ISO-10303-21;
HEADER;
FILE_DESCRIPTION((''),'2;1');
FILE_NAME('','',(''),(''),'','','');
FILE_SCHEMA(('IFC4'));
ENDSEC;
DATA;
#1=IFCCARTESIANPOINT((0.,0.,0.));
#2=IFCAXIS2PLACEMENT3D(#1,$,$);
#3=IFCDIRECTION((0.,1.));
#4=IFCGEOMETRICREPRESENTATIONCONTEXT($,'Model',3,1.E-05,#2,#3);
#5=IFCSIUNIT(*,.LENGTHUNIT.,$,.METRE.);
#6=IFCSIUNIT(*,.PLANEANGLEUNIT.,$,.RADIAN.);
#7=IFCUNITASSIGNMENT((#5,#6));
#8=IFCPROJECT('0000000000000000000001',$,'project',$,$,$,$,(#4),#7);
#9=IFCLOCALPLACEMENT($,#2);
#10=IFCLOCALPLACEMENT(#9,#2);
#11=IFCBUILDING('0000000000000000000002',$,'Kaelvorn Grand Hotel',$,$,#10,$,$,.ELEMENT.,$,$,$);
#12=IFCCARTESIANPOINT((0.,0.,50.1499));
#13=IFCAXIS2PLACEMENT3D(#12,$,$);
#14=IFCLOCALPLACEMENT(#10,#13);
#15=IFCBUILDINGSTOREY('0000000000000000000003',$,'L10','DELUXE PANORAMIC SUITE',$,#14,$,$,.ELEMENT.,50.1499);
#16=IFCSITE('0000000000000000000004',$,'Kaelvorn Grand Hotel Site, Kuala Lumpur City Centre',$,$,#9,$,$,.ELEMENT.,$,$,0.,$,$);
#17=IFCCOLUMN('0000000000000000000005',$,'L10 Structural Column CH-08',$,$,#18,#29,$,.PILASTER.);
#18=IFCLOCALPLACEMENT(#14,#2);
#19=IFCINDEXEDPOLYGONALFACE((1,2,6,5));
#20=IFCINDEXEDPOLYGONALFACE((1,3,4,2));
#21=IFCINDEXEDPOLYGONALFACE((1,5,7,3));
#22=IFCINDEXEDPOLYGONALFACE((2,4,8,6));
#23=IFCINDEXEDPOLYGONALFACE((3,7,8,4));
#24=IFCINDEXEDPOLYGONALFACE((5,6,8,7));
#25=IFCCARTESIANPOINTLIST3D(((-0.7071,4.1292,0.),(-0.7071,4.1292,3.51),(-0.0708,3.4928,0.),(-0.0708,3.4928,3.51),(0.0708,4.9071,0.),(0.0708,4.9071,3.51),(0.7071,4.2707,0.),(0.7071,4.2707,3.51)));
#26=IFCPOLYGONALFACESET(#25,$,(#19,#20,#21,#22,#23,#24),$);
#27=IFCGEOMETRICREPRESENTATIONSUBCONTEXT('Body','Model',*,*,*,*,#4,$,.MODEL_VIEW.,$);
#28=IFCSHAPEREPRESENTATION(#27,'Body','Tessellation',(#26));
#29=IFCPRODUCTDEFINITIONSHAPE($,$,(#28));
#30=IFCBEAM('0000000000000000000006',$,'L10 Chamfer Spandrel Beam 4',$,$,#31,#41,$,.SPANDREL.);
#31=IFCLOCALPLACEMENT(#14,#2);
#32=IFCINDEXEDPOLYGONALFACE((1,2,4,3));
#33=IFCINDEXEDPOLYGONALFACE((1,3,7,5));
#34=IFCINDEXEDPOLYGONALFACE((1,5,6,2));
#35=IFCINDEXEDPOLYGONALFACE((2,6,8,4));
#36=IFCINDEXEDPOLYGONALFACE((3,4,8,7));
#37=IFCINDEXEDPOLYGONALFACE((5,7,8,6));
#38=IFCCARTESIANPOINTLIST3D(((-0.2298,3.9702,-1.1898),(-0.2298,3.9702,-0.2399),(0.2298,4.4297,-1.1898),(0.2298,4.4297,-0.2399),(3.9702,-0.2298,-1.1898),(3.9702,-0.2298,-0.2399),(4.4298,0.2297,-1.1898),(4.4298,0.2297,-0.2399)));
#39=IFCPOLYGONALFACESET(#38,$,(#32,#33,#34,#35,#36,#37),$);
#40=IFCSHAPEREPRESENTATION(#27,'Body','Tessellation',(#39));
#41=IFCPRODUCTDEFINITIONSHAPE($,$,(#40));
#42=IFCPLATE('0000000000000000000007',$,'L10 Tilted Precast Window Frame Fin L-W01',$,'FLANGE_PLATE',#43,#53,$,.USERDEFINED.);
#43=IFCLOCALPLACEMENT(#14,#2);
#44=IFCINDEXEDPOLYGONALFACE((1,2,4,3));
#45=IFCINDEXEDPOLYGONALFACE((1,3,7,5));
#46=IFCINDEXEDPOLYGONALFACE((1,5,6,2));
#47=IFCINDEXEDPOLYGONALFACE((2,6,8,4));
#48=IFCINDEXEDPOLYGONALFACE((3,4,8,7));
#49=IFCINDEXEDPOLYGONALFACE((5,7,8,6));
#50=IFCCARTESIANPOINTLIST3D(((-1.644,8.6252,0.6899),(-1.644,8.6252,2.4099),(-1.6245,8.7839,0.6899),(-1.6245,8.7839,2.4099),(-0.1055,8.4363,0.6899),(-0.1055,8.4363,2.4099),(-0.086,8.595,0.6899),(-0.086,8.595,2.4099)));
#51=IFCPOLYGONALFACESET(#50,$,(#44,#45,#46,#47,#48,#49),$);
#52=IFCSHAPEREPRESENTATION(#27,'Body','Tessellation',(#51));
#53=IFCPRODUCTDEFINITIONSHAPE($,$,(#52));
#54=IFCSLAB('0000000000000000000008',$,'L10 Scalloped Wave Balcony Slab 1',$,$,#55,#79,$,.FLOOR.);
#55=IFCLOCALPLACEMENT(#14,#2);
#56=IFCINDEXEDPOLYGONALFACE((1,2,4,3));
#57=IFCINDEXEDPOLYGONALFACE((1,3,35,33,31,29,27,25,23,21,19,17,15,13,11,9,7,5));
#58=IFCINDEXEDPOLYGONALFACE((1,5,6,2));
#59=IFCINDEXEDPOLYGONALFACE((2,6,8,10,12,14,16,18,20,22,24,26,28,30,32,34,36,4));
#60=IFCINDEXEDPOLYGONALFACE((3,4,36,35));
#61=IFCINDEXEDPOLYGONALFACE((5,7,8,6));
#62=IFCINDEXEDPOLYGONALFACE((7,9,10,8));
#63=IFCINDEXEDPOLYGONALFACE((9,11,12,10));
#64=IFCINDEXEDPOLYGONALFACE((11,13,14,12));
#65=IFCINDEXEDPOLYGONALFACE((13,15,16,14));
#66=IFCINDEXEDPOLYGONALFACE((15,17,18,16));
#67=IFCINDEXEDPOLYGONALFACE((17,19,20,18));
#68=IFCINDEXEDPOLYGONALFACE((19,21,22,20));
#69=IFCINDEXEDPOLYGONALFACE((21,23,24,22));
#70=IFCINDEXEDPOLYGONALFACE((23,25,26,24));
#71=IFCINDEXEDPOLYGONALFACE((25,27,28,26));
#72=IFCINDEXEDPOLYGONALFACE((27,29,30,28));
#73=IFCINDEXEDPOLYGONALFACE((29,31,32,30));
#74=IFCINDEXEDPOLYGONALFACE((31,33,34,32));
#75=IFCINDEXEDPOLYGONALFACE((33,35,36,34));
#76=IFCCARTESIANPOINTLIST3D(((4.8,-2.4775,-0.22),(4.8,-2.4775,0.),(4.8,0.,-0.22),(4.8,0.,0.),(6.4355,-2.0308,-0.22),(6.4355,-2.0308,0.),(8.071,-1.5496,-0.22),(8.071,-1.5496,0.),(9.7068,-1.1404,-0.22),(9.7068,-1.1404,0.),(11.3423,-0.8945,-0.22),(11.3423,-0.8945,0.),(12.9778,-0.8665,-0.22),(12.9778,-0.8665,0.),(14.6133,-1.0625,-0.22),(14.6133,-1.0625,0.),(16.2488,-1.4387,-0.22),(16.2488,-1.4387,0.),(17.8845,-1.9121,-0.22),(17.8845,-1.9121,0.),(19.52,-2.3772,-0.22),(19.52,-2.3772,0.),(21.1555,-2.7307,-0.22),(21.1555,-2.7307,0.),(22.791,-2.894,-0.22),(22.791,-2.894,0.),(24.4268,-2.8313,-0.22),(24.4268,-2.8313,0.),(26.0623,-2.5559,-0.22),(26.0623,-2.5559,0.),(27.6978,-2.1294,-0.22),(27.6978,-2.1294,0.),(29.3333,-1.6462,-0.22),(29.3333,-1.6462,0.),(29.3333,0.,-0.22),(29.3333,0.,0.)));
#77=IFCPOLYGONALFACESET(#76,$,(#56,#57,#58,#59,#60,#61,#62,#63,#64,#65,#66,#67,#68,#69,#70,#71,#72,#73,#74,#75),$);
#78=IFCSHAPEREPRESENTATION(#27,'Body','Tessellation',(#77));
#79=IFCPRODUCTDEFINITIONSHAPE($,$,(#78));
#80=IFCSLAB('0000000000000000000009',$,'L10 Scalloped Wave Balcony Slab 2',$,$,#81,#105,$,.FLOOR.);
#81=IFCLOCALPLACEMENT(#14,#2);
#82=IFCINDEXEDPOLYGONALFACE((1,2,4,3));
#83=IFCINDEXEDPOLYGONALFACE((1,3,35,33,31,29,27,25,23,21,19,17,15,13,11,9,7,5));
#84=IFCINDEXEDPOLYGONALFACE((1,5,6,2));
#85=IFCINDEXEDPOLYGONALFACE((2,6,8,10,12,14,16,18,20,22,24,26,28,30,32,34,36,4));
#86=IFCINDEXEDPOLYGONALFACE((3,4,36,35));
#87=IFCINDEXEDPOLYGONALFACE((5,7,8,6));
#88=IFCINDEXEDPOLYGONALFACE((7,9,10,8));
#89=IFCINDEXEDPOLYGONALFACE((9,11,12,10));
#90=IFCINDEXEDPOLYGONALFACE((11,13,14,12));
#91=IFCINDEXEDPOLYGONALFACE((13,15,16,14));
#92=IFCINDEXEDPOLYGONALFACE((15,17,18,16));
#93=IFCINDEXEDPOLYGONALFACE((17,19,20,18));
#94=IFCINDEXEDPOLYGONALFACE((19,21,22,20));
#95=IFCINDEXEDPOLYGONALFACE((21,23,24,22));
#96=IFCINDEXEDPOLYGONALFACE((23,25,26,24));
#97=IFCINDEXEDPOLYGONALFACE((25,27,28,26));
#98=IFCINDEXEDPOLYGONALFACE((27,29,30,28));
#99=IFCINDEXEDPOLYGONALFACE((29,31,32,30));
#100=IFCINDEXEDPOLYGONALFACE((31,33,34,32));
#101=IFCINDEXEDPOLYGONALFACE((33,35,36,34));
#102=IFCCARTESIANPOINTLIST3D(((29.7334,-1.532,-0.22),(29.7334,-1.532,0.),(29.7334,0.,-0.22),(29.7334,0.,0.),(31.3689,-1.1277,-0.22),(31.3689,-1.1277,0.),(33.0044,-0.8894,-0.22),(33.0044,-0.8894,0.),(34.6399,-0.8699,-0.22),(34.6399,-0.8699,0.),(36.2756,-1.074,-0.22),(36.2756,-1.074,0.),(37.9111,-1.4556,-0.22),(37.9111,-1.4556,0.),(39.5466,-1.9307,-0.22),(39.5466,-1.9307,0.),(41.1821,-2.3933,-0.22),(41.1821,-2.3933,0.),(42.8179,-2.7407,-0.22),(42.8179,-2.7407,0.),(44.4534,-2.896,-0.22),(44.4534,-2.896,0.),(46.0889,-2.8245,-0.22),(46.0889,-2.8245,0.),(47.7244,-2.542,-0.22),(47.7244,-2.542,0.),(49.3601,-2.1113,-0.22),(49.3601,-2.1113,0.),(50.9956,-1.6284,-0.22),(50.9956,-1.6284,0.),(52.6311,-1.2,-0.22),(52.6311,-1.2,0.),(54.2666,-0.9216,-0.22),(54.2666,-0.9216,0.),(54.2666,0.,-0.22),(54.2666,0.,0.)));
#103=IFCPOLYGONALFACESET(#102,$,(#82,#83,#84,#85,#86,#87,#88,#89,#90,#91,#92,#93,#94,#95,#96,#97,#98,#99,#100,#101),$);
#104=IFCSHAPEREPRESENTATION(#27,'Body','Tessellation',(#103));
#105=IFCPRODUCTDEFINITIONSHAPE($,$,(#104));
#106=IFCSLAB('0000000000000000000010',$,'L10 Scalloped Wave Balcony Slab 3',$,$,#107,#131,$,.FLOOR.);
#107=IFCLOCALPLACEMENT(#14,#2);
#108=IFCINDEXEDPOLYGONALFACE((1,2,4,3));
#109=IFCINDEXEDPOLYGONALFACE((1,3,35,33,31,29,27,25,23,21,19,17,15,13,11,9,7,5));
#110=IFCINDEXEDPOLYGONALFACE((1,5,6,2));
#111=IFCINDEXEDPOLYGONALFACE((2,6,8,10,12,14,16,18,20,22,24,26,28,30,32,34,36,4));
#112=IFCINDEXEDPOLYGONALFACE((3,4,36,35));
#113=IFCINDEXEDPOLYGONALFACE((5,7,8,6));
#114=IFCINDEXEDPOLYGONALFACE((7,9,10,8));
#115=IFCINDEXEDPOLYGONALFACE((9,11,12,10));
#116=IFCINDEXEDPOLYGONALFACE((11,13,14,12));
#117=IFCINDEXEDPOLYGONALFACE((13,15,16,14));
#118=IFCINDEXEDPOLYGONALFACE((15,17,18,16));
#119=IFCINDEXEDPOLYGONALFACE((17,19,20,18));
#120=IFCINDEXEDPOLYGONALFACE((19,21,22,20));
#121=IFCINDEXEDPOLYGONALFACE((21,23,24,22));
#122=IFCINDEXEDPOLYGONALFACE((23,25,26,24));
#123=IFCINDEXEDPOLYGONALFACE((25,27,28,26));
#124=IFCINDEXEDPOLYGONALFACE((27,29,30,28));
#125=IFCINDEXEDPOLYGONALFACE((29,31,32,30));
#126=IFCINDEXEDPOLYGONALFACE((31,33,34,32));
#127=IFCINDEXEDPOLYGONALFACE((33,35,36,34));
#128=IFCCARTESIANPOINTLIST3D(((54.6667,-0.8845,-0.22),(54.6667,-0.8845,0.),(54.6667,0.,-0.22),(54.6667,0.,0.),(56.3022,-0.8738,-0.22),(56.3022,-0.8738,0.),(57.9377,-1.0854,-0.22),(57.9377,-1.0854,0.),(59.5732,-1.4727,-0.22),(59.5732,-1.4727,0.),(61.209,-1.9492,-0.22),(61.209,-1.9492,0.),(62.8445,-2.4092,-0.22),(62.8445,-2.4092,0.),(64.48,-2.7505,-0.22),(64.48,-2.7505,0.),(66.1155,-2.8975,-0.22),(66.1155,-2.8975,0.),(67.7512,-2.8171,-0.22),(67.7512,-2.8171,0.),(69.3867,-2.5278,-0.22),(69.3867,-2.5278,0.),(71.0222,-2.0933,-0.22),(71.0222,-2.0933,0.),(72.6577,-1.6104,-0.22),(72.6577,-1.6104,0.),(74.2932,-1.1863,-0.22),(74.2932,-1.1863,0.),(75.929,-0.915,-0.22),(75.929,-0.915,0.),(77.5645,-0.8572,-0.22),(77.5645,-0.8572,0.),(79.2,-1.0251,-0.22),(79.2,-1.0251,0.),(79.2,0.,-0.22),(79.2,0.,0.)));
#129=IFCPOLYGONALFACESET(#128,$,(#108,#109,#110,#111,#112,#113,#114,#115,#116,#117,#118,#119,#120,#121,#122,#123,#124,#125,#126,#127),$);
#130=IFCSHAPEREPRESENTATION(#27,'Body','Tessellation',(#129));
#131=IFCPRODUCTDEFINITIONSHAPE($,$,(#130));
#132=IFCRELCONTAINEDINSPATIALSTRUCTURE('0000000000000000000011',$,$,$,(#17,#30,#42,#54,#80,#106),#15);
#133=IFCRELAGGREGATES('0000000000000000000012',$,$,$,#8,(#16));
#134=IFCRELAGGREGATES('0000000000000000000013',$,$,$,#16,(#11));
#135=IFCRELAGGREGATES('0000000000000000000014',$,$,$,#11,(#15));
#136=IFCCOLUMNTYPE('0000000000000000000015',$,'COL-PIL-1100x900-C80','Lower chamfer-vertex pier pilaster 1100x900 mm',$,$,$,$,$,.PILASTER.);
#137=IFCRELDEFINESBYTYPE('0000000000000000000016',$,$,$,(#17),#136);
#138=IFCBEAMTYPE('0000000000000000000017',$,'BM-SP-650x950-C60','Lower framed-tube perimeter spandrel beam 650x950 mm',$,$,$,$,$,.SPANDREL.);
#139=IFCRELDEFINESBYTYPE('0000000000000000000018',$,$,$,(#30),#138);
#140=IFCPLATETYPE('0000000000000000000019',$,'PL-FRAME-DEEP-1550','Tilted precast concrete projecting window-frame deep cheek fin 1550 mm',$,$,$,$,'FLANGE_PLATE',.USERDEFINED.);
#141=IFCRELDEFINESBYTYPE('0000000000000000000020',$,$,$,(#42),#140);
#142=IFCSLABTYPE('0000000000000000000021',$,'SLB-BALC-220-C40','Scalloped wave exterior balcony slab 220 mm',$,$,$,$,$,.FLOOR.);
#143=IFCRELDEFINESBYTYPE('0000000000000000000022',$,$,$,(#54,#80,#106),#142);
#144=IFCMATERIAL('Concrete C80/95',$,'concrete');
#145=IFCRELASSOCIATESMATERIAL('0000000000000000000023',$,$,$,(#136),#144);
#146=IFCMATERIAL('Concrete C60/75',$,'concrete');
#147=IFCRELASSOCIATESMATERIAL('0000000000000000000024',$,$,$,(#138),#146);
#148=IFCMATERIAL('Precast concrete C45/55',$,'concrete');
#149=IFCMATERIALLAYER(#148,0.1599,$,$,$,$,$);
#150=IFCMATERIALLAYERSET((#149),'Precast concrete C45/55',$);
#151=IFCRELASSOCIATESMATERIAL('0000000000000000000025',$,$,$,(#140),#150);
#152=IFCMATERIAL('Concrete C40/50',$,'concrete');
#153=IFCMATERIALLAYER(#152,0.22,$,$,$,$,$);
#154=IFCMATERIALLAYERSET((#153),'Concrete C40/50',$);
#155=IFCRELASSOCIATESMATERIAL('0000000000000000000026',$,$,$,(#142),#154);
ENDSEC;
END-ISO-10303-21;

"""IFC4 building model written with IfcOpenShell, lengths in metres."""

from ifc_helpers import new_model, si_unit, direction, frame, origin, origin_2d, place, context, subcontext, project, spatial, polyline, rectangle, outline, extrude, material, layer, layer_set, material_profile, profile_set, type_object, element, save


model = new_model("IFC4")

# Units and contexts
model_context = context("Model", 3, precision=1e-05, world=origin(), true_north=direction((0.0, 1.0)))
body_context = subcontext(model_context, "Body", "Model", "MODEL_VIEW")
ifc_project = project(units=[si_unit("LENGTHUNIT", "METRE"), si_unit("PLANEANGLEUNIT", "RADIAN")], contexts=[model_context])

# Site, building, storey
site_placement = place(None, origin())
site = spatial("IfcSite", under=ifc_project, at=site_placement, Name="Kaelvorn Grand Hotel Site, Kuala Lumpur City Centre", CompositionType="ELEMENT", RefElevation=0.0)
building_placement = place(site_placement, origin())
building = spatial("IfcBuilding", under=site, at=building_placement, Name="Kaelvorn Grand Hotel", CompositionType="ELEMENT")
storey_placement = place(building_placement, frame((0.0, 0.0, 50.1499)))
storey = spatial("IfcBuildingStorey", under=building, at=storey_placement, Name="L10", Description="DELUXE PANORAMIC SUITE", CompositionType="ELEMENT", Elevation=50.1499)

# Column
ifc_material_1 = material(Name="Concrete C80/95", Category="concrete")
ifc_material_profile_1 = material_profile(ifc_material_1, rectangle(XDim=1.1001, YDim=0.8999, at=origin_2d()), Name="RC PILASTER 1100x900")
ifc_profile_set_1 = profile_set([ifc_material_profile_1], Name="Concrete C80/95")
column_type = type_object("IfcColumnType", Name="COL-PIL-1100x900-C80", Description="Lower chamfer-vertex pier pilaster 1100x900 mm", PredefinedType="PILASTER", material=ifc_profile_set_1)
column_placement = place(storey_placement, frame((0.0, 4.2, 0.0), z_axis=(0.0, 0.0, 1.0), x_axis=(0.707107, 0.707107, 0.0)))
element("IfcColumn", 1, at=column_placement, inside=storey, type_object=column_type, Name="L10 Structural Column CH-08", PredefinedType="PILASTER", context=body_context, shape_type="SweptSolid", body=[
    extrude(rectangle(XDim=1.1001, YDim=0.8999, at=origin_2d()), origin(), (0.0, 0.0, 1.0), 3.51),
])

# Beam
ifc_material_2 = material(Name="Concrete C60/75", Category="concrete")
ifc_material_profile_2 = material_profile(ifc_material_2, rectangle(XDim=0.6499, YDim=0.95, at=origin_2d()), Name="RC SPANDREL 650x950")
ifc_profile_set_2 = profile_set([ifc_material_profile_2], Name="Concrete C60/75")
beam_type = type_object("IfcBeamType", Name="BM-SP-650x950-C60", Description="Lower framed-tube perimeter spandrel beam 650x950 mm", PredefinedType="SPANDREL", material=ifc_profile_set_2)
beam_placement = place(storey_placement, frame((0.0, 4.2, -0.7148), z_axis=(0.707107, -0.707107, 0.0), x_axis=(0.707107, 0.707107, 0.0)))
element("IfcBeam", 2, at=beam_placement, inside=storey, type_object=beam_type, Name="L10 Chamfer Spandrel Beam 4", PredefinedType="SPANDREL", context=body_context, shape_type="SweptSolid", body=[
    extrude(rectangle(XDim=0.6499, YDim=0.95, at=origin_2d()), origin(), (0.0, 0.0, 1.0), 5.9397),
])

# Plate
ifc_material_3 = material(Name="Precast concrete C45/55", Category="concrete")
ifc_layer_1 = layer(ifc_material_3, 0.1599)
ifc_layer_set_1 = layer_set([ifc_layer_1], Name="Precast concrete C45/55")
plate_type = type_object("IfcPlateType", Name="PL-FRAME-DEEP-1550", Description="Tilted precast concrete projecting window-frame deep cheek fin 1550 mm", ElementType="FLANGE_PLATE", PredefinedType="USERDEFINED", material=ifc_layer_set_1)
plate_placement = place(storey_placement, frame((-0.865, 8.6101, 0.6899), z_axis=(0.0, 0.0, 1.0), x_axis=(0.121869, 0.992546, 0.0)))
element("IfcPlate", 3, at=plate_placement, inside=storey, type_object=plate_type, Name="L10 Tilted Precast Window Frame Fin L-W01", ObjectType="FLANGE_PLATE", PredefinedType="USERDEFINED", context=body_context, shape_type="SweptSolid", body=[
    extrude(rectangle(XDim=0.1599, YDim=1.55, at=origin_2d()), origin(), (0.0, 0.0, 1.0), 1.72),
])

# Slabs
ifc_material_4 = material(Name="Concrete C40/50", Category="concrete")
ifc_layer_2 = layer(ifc_material_4, 0.22)
ifc_layer_set_2 = layer_set([ifc_layer_2], Name="Concrete C40/50")
slab_type_1 = type_object("IfcSlabType", Name="SLB-BALC-220-C40", Description="Scalloped wave exterior balcony slab 220 mm", PredefinedType="FLOOR", material=ifc_layer_set_2)
slab_1_placement = place(storey_placement, frame((0.0, 0.0, -0.22)))
element("IfcSlab", 4, at=slab_1_placement, inside=storey, type_object=slab_type_1, Name="L10 Scalloped Wave Balcony Slab 1", PredefinedType="FLOOR", context=body_context, shape_type="SweptSolid", body=[
    extrude(outline(polyline([(4.8, -2.4775), (6.4355, -2.0308), (8.071, -1.5496), (9.7068, -1.1404), (11.3423, -0.8945), (12.9778, -0.8665), (14.6133, -1.0625), (16.2488, -1.4387), (17.8845, -1.9121), (19.52, -2.3772), (21.1555, -2.7307), (22.791, -2.894), (24.4268, -2.8313), (26.0623, -2.5559), (27.6978, -2.1294), (29.3333, -1.6462), (29.3333, 0.0), (4.8, 0.0), (4.8, -2.4775)])), origin(), (0.0, 0.0, 1.0), 0.22),
])
slab_2_placement = place(storey_placement, frame((0.0, 0.0, -0.22)))
element("IfcSlab", 5, at=slab_2_placement, inside=storey, type_object=slab_type_1, Name="L10 Scalloped Wave Balcony Slab 2", PredefinedType="FLOOR", context=body_context, shape_type="SweptSolid", body=[
    extrude(outline(polyline([(29.7334, -1.532), (31.3689, -1.1277), (33.0044, -0.8894), (34.6399, -0.8699), (36.2756, -1.074), (37.9111, -1.4556), (39.5466, -1.9307), (41.1821, -2.3933), (42.8179, -2.7407), (44.4534, -2.896), (46.0889, -2.8245), (47.7244, -2.542), (49.3601, -2.1113), (50.9956, -1.6284), (52.6311, -1.2), (54.2666, -0.9216), (54.2666, 0.0), (29.7334, 0.0), (29.7334, -1.532)])), origin(), (0.0, 0.0, 1.0), 0.22),
])
slab_3_placement = place(storey_placement, frame((0.0, 0.0, -0.22)))
element("IfcSlab", 6, at=slab_3_placement, inside=storey, type_object=slab_type_1, Name="L10 Scalloped Wave Balcony Slab 3", PredefinedType="FLOOR", context=body_context, shape_type="SweptSolid", body=[
    extrude(outline(polyline([(54.6667, -0.8845), (56.3022, -0.8738), (57.9377, -1.0854), (59.5732, -1.4727), (61.209, -1.9492), (62.8445, -2.4092), (64.48, -2.7505), (66.1155, -2.8975), (67.7512, -2.8171), (69.3867, -2.5278), (71.0222, -2.0933), (72.6577, -1.6104), (74.2932, -1.1863), (75.929, -0.915), (77.5645, -0.8572), (79.2, -1.0251), (79.2, 0.0), (54.6667, 0.0), (54.6667, -0.8845)])), origin(), (0.0, 0.0, 1.0), 0.22),
])

save(model, "model.ifc")
